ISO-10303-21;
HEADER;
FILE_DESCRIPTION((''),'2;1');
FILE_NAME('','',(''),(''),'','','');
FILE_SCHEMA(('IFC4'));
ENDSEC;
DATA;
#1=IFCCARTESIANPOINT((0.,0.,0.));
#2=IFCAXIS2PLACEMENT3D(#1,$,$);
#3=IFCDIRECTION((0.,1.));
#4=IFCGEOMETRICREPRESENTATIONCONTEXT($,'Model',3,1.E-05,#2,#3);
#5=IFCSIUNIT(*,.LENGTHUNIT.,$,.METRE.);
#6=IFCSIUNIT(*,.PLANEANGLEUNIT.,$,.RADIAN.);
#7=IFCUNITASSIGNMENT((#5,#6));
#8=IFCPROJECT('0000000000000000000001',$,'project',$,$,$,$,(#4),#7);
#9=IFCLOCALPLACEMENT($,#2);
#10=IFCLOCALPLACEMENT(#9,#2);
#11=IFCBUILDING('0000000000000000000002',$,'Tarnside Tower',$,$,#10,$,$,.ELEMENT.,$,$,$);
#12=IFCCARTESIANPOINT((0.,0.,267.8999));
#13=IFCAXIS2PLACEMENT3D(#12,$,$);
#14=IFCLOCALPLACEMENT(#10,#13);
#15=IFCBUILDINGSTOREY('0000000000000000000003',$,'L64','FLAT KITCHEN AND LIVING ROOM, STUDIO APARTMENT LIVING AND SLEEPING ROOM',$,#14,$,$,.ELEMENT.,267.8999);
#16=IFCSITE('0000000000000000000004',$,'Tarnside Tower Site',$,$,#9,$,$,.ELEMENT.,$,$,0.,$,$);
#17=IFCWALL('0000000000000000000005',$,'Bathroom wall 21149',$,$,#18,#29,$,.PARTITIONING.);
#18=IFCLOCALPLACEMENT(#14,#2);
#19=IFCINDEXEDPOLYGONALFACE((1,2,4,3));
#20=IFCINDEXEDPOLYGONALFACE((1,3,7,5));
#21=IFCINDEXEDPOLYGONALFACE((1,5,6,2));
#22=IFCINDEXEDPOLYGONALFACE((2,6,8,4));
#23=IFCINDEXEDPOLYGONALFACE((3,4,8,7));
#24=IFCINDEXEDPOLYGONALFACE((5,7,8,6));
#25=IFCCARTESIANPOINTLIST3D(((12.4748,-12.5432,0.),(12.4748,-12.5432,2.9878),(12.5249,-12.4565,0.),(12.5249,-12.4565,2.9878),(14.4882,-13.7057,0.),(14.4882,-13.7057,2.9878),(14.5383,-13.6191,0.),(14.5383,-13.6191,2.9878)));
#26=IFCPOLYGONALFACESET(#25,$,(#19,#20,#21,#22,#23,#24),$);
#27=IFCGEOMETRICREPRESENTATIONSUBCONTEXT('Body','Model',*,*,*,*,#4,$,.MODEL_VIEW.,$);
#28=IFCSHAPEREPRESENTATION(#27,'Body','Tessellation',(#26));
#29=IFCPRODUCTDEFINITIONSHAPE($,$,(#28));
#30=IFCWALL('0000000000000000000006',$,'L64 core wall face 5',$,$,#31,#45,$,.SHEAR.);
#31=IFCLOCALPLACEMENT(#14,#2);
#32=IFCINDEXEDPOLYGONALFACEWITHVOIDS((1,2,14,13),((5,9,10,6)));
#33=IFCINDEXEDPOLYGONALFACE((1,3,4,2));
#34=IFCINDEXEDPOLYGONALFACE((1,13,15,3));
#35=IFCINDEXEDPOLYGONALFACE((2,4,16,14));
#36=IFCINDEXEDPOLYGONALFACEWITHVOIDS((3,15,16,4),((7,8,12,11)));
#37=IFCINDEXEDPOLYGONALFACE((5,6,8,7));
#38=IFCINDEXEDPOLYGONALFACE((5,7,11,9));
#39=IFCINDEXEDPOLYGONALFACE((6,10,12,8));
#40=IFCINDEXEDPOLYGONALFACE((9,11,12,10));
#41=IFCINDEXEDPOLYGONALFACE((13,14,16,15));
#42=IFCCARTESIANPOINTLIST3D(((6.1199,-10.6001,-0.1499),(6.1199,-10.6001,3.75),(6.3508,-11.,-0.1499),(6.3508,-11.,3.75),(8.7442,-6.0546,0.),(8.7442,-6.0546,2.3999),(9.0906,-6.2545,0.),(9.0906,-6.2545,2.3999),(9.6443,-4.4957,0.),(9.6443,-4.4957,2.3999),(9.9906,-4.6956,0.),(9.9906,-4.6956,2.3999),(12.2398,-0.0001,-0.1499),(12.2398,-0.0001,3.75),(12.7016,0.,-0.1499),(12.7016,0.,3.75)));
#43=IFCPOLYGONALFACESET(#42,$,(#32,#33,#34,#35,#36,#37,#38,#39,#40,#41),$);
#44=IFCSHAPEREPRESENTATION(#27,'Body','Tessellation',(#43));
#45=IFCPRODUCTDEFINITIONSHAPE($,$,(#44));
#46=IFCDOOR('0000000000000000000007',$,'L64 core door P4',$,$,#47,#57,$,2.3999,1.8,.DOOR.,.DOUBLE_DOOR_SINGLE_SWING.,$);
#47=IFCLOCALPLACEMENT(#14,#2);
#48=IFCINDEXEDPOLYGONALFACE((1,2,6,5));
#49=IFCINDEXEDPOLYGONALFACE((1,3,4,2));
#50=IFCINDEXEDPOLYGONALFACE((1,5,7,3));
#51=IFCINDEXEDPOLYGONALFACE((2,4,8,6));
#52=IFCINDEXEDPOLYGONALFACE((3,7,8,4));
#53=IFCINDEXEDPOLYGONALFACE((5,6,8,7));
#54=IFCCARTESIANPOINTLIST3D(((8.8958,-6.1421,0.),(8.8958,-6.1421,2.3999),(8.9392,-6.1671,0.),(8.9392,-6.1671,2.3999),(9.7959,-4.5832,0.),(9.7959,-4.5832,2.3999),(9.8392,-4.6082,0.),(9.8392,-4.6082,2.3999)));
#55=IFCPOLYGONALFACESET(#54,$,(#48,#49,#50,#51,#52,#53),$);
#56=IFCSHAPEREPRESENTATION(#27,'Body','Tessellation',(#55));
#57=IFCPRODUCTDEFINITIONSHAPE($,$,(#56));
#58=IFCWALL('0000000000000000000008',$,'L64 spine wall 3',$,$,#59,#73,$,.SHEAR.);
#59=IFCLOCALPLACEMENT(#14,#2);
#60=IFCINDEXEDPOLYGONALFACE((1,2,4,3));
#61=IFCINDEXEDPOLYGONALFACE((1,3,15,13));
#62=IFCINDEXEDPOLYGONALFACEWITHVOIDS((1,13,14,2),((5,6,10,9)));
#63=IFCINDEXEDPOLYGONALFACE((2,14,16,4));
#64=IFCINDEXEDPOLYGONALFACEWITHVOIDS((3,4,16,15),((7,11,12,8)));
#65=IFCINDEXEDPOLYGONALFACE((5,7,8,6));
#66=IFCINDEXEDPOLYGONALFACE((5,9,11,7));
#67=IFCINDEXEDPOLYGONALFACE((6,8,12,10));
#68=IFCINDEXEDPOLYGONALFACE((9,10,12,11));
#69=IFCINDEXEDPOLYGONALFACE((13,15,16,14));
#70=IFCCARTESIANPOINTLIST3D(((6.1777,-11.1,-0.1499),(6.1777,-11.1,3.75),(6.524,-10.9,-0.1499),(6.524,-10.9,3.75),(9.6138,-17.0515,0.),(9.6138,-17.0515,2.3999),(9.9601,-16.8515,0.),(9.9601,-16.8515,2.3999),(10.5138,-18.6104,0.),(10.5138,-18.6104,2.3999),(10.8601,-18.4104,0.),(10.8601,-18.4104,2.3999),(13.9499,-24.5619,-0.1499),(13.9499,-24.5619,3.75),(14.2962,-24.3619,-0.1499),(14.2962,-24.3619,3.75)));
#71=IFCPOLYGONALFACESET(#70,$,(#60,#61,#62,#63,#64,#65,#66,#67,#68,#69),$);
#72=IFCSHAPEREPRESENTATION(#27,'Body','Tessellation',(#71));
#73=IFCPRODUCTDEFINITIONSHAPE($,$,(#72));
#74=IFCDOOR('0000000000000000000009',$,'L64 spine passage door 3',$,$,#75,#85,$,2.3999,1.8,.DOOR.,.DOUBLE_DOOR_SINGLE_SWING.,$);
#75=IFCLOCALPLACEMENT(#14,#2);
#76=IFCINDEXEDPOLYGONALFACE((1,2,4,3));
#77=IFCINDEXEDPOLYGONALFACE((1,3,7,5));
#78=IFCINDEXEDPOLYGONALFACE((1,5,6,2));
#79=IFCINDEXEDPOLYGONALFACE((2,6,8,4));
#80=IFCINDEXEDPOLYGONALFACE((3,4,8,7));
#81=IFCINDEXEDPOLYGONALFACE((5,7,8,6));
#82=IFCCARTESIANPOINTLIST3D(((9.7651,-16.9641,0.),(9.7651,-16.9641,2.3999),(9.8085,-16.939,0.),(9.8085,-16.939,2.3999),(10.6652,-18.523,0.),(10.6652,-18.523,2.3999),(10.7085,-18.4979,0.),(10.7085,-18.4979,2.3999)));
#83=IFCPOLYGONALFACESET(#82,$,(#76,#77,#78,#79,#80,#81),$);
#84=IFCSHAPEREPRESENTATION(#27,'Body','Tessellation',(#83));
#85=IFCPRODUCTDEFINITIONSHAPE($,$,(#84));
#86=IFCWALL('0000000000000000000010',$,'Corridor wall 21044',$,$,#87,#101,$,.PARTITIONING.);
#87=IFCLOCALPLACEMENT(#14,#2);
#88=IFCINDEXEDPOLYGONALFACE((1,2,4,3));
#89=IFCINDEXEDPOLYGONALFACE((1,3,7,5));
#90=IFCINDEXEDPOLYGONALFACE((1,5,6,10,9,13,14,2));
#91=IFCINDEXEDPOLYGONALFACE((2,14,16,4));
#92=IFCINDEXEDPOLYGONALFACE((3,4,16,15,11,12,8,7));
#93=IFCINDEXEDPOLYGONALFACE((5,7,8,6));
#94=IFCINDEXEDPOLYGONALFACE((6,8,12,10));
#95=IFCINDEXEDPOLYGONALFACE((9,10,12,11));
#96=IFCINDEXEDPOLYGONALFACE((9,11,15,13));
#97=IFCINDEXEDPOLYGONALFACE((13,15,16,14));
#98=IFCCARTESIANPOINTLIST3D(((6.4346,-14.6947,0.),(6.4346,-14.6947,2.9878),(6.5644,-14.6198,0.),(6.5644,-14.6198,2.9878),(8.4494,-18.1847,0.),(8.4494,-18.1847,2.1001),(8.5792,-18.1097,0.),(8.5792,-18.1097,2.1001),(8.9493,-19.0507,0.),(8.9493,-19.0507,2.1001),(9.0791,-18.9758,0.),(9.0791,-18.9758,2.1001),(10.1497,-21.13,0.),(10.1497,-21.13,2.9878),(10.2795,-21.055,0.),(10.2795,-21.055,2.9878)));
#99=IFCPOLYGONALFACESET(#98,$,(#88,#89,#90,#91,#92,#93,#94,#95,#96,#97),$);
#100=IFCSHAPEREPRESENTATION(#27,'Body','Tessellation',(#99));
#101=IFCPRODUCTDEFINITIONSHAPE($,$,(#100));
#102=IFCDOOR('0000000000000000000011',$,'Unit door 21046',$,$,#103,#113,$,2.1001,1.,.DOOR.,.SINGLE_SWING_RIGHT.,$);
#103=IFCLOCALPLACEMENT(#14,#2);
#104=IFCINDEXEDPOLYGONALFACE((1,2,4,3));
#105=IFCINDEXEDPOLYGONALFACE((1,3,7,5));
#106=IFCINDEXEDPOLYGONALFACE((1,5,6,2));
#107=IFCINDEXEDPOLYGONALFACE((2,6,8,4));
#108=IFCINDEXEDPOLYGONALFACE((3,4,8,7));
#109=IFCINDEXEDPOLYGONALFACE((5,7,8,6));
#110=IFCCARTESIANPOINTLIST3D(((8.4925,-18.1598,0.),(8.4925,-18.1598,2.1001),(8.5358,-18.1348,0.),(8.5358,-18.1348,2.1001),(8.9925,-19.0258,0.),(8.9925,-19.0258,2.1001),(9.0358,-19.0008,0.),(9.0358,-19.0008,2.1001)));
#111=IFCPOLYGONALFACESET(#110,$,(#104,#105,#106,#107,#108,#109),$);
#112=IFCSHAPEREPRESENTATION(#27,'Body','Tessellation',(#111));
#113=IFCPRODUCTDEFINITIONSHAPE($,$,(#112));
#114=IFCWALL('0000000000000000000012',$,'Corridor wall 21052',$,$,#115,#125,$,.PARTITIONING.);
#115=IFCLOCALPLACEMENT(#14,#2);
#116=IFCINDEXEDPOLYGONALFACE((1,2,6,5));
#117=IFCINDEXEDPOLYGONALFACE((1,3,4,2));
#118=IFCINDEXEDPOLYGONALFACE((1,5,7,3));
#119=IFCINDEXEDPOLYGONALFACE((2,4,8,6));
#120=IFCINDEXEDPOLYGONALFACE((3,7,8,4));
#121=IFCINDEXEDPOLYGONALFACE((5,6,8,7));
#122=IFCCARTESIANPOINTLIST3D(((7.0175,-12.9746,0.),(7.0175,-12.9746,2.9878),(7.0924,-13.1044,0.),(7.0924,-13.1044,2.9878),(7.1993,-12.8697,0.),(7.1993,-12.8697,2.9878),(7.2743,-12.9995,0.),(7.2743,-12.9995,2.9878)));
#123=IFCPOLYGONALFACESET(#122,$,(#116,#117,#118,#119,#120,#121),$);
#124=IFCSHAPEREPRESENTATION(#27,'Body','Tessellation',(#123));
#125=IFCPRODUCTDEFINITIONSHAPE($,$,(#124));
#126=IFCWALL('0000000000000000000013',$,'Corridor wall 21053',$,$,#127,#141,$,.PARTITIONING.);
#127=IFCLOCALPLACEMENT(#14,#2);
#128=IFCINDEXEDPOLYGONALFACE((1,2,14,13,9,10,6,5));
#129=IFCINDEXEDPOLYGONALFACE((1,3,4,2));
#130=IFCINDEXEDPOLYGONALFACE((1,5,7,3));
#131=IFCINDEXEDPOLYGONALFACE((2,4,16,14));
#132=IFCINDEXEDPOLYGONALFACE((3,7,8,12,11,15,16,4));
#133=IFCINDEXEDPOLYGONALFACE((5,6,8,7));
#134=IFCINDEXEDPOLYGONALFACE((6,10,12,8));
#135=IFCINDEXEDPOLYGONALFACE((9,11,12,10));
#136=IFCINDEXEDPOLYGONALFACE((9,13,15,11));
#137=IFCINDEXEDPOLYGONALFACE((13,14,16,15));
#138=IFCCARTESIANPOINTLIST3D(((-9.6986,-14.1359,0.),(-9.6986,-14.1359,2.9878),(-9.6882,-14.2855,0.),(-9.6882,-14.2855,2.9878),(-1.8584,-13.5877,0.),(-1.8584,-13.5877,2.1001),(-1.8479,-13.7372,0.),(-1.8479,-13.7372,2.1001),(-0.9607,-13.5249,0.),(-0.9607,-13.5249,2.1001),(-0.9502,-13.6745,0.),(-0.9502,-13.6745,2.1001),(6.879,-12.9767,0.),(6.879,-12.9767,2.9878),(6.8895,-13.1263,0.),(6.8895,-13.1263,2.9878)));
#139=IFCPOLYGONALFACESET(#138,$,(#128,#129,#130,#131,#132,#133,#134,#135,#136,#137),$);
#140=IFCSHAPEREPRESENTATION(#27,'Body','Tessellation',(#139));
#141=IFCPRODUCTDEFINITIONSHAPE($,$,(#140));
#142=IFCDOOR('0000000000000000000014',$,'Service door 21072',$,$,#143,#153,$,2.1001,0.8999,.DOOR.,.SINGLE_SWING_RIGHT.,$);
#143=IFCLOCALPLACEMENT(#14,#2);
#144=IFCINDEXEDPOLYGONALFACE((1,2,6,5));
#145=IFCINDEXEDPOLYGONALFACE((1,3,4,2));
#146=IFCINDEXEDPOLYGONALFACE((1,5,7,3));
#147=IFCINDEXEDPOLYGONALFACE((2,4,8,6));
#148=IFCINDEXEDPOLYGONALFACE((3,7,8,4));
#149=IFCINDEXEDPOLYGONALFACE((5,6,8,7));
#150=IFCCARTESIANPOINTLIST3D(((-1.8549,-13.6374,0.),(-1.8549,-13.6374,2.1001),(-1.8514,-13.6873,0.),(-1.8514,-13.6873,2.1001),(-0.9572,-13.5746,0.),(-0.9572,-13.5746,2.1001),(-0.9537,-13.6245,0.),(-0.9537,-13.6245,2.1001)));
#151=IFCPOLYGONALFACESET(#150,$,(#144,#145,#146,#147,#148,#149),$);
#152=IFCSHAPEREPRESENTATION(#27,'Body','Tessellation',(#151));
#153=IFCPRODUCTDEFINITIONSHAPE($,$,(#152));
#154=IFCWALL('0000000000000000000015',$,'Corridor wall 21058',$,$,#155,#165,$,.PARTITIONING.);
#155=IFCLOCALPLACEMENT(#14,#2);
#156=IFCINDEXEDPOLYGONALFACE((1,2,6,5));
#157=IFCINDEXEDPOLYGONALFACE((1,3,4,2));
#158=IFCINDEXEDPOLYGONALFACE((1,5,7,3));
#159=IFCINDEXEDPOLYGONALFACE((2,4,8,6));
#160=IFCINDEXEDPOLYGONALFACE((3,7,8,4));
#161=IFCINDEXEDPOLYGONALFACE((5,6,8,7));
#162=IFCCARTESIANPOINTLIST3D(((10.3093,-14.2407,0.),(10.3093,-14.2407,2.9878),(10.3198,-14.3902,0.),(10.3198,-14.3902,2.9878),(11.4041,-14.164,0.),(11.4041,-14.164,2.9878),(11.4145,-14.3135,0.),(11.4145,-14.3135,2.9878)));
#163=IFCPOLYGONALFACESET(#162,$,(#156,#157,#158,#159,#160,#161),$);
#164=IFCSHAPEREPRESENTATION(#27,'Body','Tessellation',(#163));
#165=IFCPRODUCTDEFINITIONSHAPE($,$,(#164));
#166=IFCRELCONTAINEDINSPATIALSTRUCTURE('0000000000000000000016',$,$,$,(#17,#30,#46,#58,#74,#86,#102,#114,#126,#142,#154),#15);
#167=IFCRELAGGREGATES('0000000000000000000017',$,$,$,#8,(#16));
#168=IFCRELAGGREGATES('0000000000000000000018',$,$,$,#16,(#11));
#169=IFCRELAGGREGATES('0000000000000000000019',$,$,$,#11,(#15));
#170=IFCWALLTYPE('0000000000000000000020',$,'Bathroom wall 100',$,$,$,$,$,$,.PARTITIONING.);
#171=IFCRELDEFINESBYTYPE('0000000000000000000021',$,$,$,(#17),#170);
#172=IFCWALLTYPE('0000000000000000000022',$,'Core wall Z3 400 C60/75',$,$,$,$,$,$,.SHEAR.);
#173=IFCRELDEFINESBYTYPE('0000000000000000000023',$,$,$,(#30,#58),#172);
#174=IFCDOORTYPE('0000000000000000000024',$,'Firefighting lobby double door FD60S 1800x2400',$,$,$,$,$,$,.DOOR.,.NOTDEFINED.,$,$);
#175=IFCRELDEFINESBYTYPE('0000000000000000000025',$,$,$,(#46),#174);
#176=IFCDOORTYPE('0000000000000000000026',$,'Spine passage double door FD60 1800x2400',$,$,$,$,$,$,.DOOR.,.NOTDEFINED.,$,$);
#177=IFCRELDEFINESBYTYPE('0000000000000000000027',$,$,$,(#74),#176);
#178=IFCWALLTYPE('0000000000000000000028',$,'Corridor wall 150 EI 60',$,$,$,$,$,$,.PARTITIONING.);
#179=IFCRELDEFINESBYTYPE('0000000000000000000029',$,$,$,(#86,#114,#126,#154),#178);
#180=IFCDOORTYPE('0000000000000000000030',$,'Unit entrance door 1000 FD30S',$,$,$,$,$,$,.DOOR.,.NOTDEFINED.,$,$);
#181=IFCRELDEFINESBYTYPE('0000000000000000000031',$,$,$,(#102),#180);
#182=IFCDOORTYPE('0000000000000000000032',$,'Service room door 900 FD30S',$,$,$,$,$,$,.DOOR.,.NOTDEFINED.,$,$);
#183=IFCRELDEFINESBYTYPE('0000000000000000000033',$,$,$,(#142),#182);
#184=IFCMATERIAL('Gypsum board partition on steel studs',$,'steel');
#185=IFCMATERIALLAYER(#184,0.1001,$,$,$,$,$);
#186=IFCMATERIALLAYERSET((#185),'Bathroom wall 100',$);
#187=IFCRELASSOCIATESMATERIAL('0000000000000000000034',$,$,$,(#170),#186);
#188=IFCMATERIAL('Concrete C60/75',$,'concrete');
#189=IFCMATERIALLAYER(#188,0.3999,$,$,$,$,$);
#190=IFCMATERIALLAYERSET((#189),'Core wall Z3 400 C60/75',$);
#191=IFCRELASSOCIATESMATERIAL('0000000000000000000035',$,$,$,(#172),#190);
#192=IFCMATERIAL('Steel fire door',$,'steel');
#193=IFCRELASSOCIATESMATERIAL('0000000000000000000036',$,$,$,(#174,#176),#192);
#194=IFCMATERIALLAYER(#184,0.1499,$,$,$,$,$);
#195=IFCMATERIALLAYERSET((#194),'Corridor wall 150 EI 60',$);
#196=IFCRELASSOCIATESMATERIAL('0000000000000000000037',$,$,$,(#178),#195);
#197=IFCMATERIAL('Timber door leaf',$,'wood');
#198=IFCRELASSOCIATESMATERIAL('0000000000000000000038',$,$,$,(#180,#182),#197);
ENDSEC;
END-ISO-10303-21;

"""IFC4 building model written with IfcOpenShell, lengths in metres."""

from ifc_helpers import new_model, si_unit, direction, frame, frame_2d, origin, place, context, subcontext, project, spatial, polyline, rectangle, outline, extrude, material, layer, layer_set, type_object, element, fill, save


model = new_model("IFC4")

# Units and contexts
model_context = context("Model", 3, precision=1e-05, world=origin(), true_north=direction((0.0, 1.0)))
body_context = subcontext(model_context, "Body", "Model", "MODEL_VIEW")
ifc_project = project(units=[si_unit("LENGTHUNIT", "METRE"), si_unit("PLANEANGLEUNIT", "RADIAN")], contexts=[model_context])

# Site, building, storey
site_placement = place(None, origin())
site = spatial("IfcSite", under=ifc_project, at=site_placement, Name="Tarnside Tower Site", CompositionType="ELEMENT", RefElevation=0.0)
building_placement = place(site_placement, origin())
building = spatial("IfcBuilding", under=site, at=building_placement, Name="Tarnside Tower", CompositionType="ELEMENT")
storey_placement = place(building_placement, frame((0.0, 0.0, 267.8999)))
storey = spatial("IfcBuildingStorey", under=building, at=storey_placement, Name="L64", Description="FLAT KITCHEN AND LIVING ROOM, STUDIO APARTMENT LIVING AND SLEEPING ROOM", CompositionType="ELEMENT", Elevation=267.8999)

# Wall
ifc_material_1 = material(Name="Gypsum board partition on steel studs", Category="steel")
ifc_layer_1 = layer(ifc_material_1, 0.1001)
ifc_layer_set_1 = layer_set([ifc_layer_1], Name="Bathroom wall 100")
wall_type_1 = type_object("IfcWallType", Name="Bathroom wall 100", PredefinedType="PARTITIONING", material=ifc_layer_set_1)
wall_1_placement = place(storey_placement, frame((12.4998, -12.4998, 0.0), z_axis=(0.0, 0.0, 1.0), x_axis=(0.865998, -0.500047, 0.0)))
element("IfcWall", 1, at=wall_1_placement, inside=storey, type_object=wall_type_1, Name="Bathroom wall 21149", PredefinedType="PARTITIONING", context=body_context, shape_type="SweptSolid", body=[
    extrude(rectangle(XDim=2.325, YDim=0.1001, at=frame_2d((1.1626, 0.0))), origin(), (0.0, 0.0, 1.0), 2.9878),
])

# Walls, openings, doors
ifc_material_2 = material(Name="Concrete C60/75", Category="concrete")
ifc_layer_2 = layer(ifc_material_2, 0.3999)
ifc_layer_set_2 = layer_set([ifc_layer_2], Name="Core wall Z3 400 C60/75")
wall_type_2 = type_object("IfcWallType", Name="Core wall Z3 400 C60/75", PredefinedType="SHEAR", material=ifc_layer_set_2)
wall_2_placement = place(storey_placement, frame((6.2354, -10.8, -0.1499), z_axis=(0.0, 0.0, 1.0), x_axis=(0.499996, 0.866027, 0.0)))
wall_2 = element("IfcWall", 2, at=wall_2_placement, inside=storey, type_object=wall_type_2, Name="L64 core wall face 5", PredefinedType="SHEAR", context=body_context, shape_type="SweptSolid", body=[
    extrude(outline(polyline([(-0.1155, -0.2), (12.5862, -0.2), (12.3552, 0.2), (0.1155, 0.2), (-0.1155, -0.2)])), origin(), (0.0, 0.0, 1.0), 3.8999),
])
opening_1_placement = place(wall_2_placement, frame((5.3643, 0.0, 0.1499)))
opening_1 = element("IfcOpeningElement", 3, at=opening_1_placement, cuts=wall_2, PredefinedType="OPENING", context=body_context, shape_type="SweptSolid", body=[
    extrude(rectangle(XDim=1.8, YDim=2.3999, at=frame_2d((0.8999, 1.2))), frame((0.0, 0.21, 0.0), z_axis=(0.0, -1.0, 0.0), x_axis=(1.0, 0.0, 0.0)), (0.0, 0.0, 1.0), 0.4199),
])
ifc_material_3 = material(Name="Steel fire door", Category="steel")
door_type_1 = type_object("IfcDoorType", Name="Firefighting lobby double door FD60S 1800x2400", OperationType="NOTDEFINED", PredefinedType="DOOR", material=ifc_material_3)
door_1_placement = place(opening_1_placement, origin())
door_1 = element("IfcDoor", 4, at=door_1_placement, inside=storey, type_object=door_type_1, Name="L64 core door P4", OperationType="DOUBLE_DOOR_SINGLE_SWING", OverallHeight=2.3999, OverallWidth=1.8, PredefinedType="DOOR", context=body_context, shape_type="SweptSolid", body=[
    extrude(rectangle(XDim=1.8, YDim=2.3999, at=frame_2d((0.8999, 1.2))), frame((0.0, 0.0249, 0.0), z_axis=(0.0, -1.0, 0.0), x_axis=(1.0, 0.0, 0.0)), (0.0, 0.0, 1.0), 0.05),
])
fill(opening_1, door_1)
wall_3_placement = place(storey_placement, frame((6.3508, -11.0, -0.1499), z_axis=(0.0, 0.0, 1.0), x_axis=(0.499999, -0.866026, 0.0)))
wall_3 = element("IfcWall", 5, at=wall_3_placement, inside=storey, type_object=wall_type_2, Name="L64 spine wall 3", PredefinedType="SHEAR", context=body_context, shape_type="SweptSolid", body=[
    extrude(rectangle(XDim=15.5444, YDim=0.3999, at=frame_2d((7.7722, 0.0))), origin(), (0.0, 0.0, 1.0), 3.8999),
])
opening_2_placement = place(wall_3_placement, frame((6.8723, 0.0, 0.1499)))
opening_2 = element("IfcOpeningElement", 6, at=opening_2_placement, cuts=wall_3, PredefinedType="OPENING", context=body_context, shape_type="SweptSolid", body=[
    extrude(rectangle(XDim=1.8, YDim=2.3999, at=frame_2d((0.8999, 1.2))), frame((0.0, 0.21, 0.0), z_axis=(0.0, -1.0, 0.0), x_axis=(1.0, 0.0, 0.0)), (0.0, 0.0, 1.0), 0.4199),
])
door_type_2 = type_object("IfcDoorType", Name="Spine passage double door FD60 1800x2400", OperationType="NOTDEFINED", PredefinedType="DOOR", material=ifc_material_3)
door_2_placement = place(opening_2_placement, origin())
door_2 = element("IfcDoor", 7, at=door_2_placement, inside=storey, type_object=door_type_2, Name="L64 spine passage door 3", OperationType="DOUBLE_DOOR_SINGLE_SWING", OverallHeight=2.3999, OverallWidth=1.8, PredefinedType="DOOR", context=body_context, shape_type="SweptSolid", body=[
    extrude(rectangle(XDim=1.8, YDim=2.3999, at=frame_2d((0.8999, 1.2))), frame((0.0, 0.0249, 0.0), z_axis=(0.0, -1.0, 0.0), x_axis=(1.0, 0.0, 0.0)), (0.0, 0.0, 1.0), 0.05),
])
fill(opening_2, door_2)
ifc_layer_3 = layer(ifc_material_1, 0.1499)
ifc_layer_set_3 = layer_set([ifc_layer_3], Name="Corridor wall 150 EI 60")
wall_type_3 = type_object("IfcWallType", Name="Corridor wall 150 EI 60", PredefinedType="PARTITIONING", material=ifc_layer_set_3)
wall_4_placement = place(storey_placement, frame((6.4995, -14.6572, 0.0), z_axis=(0.0, 0.0, 1.0), x_axis=(0.499966, -0.866045, 0.0)))
wall_4 = element("IfcWall", 8, at=wall_4_placement, inside=storey, type_object=wall_type_3, Name="Corridor wall 21044", PredefinedType="PARTITIONING", context=body_context, shape_type="SweptSolid", body=[
    extrude(rectangle(XDim=7.4307, YDim=0.1499, at=frame_2d((3.7153, 0.0))), origin(), (0.0, 0.0, 1.0), 2.9878),
])
opening_3_placement = place(wall_4_placement, frame((4.0298, 0.0, 0.0)))
opening_3 = element("IfcOpeningElement", 9, at=opening_3_placement, cuts=wall_4, PredefinedType="OPENING", context=body_context, shape_type="SweptSolid", body=[
    extrude(rectangle(XDim=1.0, YDim=2.1001, at=frame_2d((0.5, 1.05))), frame((0.0, 0.085, 0.0), z_axis=(0.0, -1.0, 0.0), x_axis=(1.0, 0.0, 0.0)), (0.0, 0.0, 1.0), 0.1699),
])
ifc_material_4 = material(Name="Timber door leaf", Category="wood")
door_type_3 = type_object("IfcDoorType", Name="Unit entrance door 1000 FD30S", OperationType="NOTDEFINED", PredefinedType="DOOR", material=ifc_material_4)
door_3_placement = place(opening_3_placement, origin())
door_3 = element("IfcDoor", 10, at=door_3_placement, inside=storey, type_object=door_type_3, Name="Unit door 21046", OperationType="SINGLE_SWING_RIGHT", OverallHeight=2.1001, OverallWidth=1.0, PredefinedType="DOOR", context=body_context, shape_type="SweptSolid", body=[
    extrude(rectangle(XDim=1.0, YDim=2.1001, at=frame_2d((0.5, 1.05))), frame((0.0, 0.0249, 0.0), z_axis=(0.0, -1.0, 0.0), x_axis=(1.0, 0.0, 0.0)), (0.0, 0.0, 1.0), 0.05),
])
fill(opening_3, door_3)

# Wall
wall_5_placement = place(storey_placement, frame((7.2368, -12.9346, 0.0), z_axis=(0.0, 0.0, 1.0), x_axis=(-0.866089, -0.49989, 0.0)))
element("IfcWall", 11, at=wall_5_placement, inside=storey, type_object=wall_type_3, Name="Corridor wall 21052", PredefinedType="PARTITIONING", context=body_context, shape_type="SweptSolid", body=[
    extrude(rectangle(XDim=0.21, YDim=0.1499, at=frame_2d((0.105, 0.0))), origin(), (0.0, 0.0, 1.0), 2.9878),
])

# Wall, opening, door
wall_6_placement = place(storey_placement, frame((6.8843, -13.0515, 0.0), z_axis=(0.0, 0.0, 1.0), x_axis=(-0.997564, -0.069754, 0.0)))
wall_6 = element("IfcWall", 12, at=wall_6_placement, inside=storey, type_object=wall_type_3, Name="Corridor wall 21053", PredefinedType="PARTITIONING", context=body_context, shape_type="SweptSolid", body=[
    extrude(rectangle(XDim=16.6182, YDim=0.1499, at=frame_2d((8.3091, 0.0))), origin(), (0.0, 0.0, 1.0), 2.9878),
])
opening_4_placement = place(wall_6_placement, frame((7.8589, 0.0, 0.0)))
opening_4 = element("IfcOpeningElement", 13, at=opening_4_placement, cuts=wall_6, PredefinedType="OPENING", context=body_context, shape_type="SweptSolid", body=[
    extrude(rectangle(XDim=0.8999, YDim=2.1001, at=frame_2d((0.45, 1.05))), frame((0.0, 0.085, 0.0), z_axis=(0.0, -1.0, 0.0), x_axis=(1.0, 0.0, 0.0)), (0.0, 0.0, 1.0), 0.1699),
])
door_type_4 = type_object("IfcDoorType", Name="Service room door 900 FD30S", OperationType="NOTDEFINED", PredefinedType="DOOR", material=ifc_material_4)
door_4_placement = place(opening_4_placement, origin())
door_4 = element("IfcDoor", 14, at=door_4_placement, inside=storey, type_object=door_type_4, Name="Service door 21072", OperationType="SINGLE_SWING_RIGHT", OverallHeight=2.1001, OverallWidth=0.8999, PredefinedType="DOOR", context=body_context, shape_type="SweptSolid", body=[
    extrude(rectangle(XDim=0.8999, YDim=2.1001, at=frame_2d((0.45, 1.05))), frame((0.0, 0.0249, 0.0), z_axis=(0.0, -1.0, 0.0), x_axis=(1.0, 0.0, 0.0)), (0.0, 0.0, 1.0), 0.05),
])
fill(opening_4, door_4)

# Wall
wall_7_placement = place(storey_placement, frame((10.3145, -14.3154, 0.0), z_axis=(0.0, 0.0, 1.0), x_axis=(0.997557, 0.069856, 0.0)))
element("IfcWall", 15, at=wall_7_placement, inside=storey, type_object=wall_type_3, Name="Corridor wall 21058", PredefinedType="PARTITIONING", context=body_context, shape_type="SweptSolid", body=[
    extrude(rectangle(XDim=1.0974, YDim=0.1499, at=frame_2d((0.5488, 0.0))), origin(), (0.0, 0.0, 1.0), 2.9878),
])

save(model, "model.ifc")
